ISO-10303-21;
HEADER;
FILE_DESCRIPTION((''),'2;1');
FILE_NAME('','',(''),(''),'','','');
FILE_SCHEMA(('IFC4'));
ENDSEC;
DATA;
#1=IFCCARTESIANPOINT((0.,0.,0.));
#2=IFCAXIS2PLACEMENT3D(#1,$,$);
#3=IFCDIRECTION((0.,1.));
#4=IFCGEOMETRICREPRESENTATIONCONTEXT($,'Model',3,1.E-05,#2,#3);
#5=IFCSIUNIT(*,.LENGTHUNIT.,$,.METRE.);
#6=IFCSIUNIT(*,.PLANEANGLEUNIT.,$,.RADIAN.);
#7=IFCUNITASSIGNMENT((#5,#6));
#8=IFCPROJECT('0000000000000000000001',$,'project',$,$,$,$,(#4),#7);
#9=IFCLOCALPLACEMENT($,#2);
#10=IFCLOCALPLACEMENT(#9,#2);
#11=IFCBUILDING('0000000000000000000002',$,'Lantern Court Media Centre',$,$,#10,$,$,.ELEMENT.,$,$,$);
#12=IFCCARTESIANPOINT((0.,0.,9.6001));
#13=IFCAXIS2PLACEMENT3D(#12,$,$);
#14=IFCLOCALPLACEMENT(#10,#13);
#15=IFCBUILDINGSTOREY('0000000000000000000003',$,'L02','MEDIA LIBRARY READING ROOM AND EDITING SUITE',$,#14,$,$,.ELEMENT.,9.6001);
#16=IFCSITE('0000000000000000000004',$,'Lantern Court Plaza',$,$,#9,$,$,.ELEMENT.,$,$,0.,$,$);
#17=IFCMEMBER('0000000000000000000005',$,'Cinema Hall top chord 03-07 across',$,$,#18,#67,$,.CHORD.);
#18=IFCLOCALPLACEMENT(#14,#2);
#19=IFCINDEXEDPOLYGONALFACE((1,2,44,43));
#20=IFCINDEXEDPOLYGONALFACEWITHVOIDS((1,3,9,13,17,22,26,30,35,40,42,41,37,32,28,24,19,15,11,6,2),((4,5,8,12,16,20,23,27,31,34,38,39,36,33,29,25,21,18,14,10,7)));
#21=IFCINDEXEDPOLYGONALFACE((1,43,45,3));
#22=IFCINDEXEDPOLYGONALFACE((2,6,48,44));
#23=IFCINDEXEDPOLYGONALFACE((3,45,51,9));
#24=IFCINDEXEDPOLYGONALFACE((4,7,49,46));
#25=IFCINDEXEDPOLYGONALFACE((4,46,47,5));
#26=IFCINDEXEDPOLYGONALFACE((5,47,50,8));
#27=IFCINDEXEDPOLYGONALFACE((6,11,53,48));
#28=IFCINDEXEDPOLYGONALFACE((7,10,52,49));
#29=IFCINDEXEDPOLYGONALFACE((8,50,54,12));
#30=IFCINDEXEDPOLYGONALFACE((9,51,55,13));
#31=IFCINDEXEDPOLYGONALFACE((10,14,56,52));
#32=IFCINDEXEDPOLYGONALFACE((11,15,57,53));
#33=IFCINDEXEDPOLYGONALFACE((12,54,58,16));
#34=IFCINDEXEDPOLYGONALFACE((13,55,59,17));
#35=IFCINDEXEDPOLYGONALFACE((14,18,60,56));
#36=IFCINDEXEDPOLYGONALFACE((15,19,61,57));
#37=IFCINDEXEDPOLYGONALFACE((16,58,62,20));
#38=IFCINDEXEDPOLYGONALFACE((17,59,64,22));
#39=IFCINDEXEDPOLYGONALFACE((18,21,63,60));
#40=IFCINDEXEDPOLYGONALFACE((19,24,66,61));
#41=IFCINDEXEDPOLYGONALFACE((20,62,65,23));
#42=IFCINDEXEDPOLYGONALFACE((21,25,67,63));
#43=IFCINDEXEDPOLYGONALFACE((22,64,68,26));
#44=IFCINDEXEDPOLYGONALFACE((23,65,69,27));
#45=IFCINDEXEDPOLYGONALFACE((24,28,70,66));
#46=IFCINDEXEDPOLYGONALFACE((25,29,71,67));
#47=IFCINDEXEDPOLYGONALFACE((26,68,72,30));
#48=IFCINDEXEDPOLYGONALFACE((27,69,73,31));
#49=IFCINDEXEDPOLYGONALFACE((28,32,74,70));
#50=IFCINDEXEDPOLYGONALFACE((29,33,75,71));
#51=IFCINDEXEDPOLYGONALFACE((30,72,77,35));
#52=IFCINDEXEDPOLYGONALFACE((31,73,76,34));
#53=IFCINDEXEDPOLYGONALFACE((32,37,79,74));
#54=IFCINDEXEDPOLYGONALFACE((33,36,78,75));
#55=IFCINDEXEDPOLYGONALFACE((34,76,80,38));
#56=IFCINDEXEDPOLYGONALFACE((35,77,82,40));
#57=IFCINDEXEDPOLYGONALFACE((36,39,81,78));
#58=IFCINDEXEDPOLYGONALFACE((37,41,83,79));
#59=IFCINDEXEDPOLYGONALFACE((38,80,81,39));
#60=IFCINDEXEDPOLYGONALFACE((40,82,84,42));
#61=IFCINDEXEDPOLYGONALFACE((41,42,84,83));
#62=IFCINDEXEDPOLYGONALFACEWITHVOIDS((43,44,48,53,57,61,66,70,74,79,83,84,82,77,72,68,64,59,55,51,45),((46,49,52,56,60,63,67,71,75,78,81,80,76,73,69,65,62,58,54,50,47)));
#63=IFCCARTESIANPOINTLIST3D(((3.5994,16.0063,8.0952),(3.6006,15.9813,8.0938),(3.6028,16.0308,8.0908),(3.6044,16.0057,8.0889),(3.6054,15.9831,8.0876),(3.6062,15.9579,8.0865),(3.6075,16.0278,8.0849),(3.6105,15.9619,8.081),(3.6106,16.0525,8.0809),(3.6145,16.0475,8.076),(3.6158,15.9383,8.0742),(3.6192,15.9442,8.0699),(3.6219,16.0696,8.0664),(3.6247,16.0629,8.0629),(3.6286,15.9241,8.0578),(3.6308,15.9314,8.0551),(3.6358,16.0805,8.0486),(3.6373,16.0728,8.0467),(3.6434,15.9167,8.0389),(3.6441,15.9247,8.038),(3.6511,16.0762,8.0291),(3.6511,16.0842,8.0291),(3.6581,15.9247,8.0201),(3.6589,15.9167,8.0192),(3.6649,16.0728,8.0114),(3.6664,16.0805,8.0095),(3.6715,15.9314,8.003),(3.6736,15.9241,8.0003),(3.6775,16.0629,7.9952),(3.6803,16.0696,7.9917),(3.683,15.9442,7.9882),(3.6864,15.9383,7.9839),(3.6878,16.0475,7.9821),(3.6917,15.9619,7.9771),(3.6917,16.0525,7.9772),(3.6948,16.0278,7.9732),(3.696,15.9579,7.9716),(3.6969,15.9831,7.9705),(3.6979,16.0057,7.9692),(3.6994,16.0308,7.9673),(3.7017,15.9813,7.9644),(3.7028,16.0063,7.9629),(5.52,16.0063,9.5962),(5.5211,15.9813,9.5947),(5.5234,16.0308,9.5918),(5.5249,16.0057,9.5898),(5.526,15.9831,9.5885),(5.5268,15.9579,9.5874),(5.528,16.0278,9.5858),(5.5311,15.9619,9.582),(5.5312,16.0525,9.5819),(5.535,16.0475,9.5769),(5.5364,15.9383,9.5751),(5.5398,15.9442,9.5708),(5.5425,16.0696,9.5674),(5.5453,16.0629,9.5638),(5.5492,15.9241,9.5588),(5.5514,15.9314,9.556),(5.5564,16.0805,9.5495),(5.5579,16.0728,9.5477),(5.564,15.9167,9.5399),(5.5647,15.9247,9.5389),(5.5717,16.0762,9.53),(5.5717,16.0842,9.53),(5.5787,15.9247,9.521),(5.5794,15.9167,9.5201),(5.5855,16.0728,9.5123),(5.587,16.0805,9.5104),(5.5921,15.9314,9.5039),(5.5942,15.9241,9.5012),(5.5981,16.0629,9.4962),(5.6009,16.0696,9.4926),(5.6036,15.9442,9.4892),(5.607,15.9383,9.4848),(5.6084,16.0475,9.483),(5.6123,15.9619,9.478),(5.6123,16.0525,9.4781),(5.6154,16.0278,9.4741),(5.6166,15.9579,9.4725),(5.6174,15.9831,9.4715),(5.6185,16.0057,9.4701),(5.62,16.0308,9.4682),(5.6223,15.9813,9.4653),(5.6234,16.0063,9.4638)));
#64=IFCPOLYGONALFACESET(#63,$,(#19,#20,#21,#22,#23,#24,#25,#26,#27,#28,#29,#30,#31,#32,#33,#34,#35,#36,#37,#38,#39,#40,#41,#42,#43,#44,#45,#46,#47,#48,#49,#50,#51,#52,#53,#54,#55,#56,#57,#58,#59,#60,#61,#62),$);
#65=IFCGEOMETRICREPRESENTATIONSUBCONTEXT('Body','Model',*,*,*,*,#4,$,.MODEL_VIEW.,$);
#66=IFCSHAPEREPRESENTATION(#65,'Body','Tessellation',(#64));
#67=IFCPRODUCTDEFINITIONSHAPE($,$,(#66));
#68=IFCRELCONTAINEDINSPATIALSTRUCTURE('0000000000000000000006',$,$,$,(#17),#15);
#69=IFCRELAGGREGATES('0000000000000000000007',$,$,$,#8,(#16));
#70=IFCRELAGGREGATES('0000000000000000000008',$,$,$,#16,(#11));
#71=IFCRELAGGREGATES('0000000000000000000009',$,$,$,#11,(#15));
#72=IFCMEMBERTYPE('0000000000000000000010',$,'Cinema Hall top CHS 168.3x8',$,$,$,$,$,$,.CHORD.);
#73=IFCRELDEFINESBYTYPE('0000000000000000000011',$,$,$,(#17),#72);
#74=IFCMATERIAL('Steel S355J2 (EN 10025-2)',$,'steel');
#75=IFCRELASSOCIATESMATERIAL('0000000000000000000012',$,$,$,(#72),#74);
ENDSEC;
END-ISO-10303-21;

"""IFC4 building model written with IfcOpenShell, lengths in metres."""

from ifc_helpers import new_model, si_unit, direction, frame, origin, origin_2d, place, context, subcontext, project, spatial, hollow_circle, extrude, material, material_profile, profile_set, type_object, element, save


model = new_model("IFC4")

# Units and contexts
model_context = context("Model", 3, precision=1e-05, world=origin(), true_north=direction((0.0, 1.0)))
body_context = subcontext(model_context, "Body", "Model", "MODEL_VIEW")
ifc_project = project(units=[si_unit("LENGTHUNIT", "METRE"), si_unit("PLANEANGLEUNIT", "RADIAN")], contexts=[model_context])

# Site, building, storey
site_placement = place(None, origin())
site = spatial("IfcSite", under=ifc_project, at=site_placement, Name="Lantern Court Plaza", CompositionType="ELEMENT", RefElevation=0.0)
building_placement = place(site_placement, origin())
building = spatial("IfcBuilding", under=site, at=building_placement, Name="Lantern Court Media Centre", CompositionType="ELEMENT")
storey_placement = place(building_placement, frame((0.0, 0.0, 9.6001)))
storey = spatial("IfcBuildingStorey", under=building, at=storey_placement, Name="L02", Description="MEDIA LIBRARY READING ROOM AND EDITING SUITE", CompositionType="ELEMENT", Elevation=9.6001)

# Member
ifc_material = material(Name="Steel S355J2 (EN 10025-2)", Category="steel")
ifc_material_profile_1 = material_profile(ifc_material, hollow_circle(Radius=0.0842, WallThickness=0.0081, at=origin_2d()), Name="Cinema Hall top CHS 168.3x8")
ifc_profile_set_1 = profile_set([ifc_material_profile_1], Name="Steel S355J2 (EN 10025-2)")
member_type_1 = type_object("IfcMemberType", Name="Cinema Hall top CHS 168.3x8", PredefinedType="CHORD", material=ifc_profile_set_1)
member_1_placement = place(storey_placement, frame((3.6511, 16.0, 8.0291), z_axis=(0.787932, 0.0, 0.615763), x_axis=(0.0, 1.0, 0.0)))
element("IfcMember", 1, at=member_1_placement, inside=storey, type_object=member_type_1, Name="Cinema Hall top chord 03-07 across", PredefinedType="CHORD", context=body_context, shape_type="SweptSolid", body=[
    extrude(hollow_circle(Radius=0.0842, WallThickness=0.0081, at=origin_2d()), origin(), (0.0, 0.0, 1.0), 2.4375),
])

save(model, "model.ifc")
